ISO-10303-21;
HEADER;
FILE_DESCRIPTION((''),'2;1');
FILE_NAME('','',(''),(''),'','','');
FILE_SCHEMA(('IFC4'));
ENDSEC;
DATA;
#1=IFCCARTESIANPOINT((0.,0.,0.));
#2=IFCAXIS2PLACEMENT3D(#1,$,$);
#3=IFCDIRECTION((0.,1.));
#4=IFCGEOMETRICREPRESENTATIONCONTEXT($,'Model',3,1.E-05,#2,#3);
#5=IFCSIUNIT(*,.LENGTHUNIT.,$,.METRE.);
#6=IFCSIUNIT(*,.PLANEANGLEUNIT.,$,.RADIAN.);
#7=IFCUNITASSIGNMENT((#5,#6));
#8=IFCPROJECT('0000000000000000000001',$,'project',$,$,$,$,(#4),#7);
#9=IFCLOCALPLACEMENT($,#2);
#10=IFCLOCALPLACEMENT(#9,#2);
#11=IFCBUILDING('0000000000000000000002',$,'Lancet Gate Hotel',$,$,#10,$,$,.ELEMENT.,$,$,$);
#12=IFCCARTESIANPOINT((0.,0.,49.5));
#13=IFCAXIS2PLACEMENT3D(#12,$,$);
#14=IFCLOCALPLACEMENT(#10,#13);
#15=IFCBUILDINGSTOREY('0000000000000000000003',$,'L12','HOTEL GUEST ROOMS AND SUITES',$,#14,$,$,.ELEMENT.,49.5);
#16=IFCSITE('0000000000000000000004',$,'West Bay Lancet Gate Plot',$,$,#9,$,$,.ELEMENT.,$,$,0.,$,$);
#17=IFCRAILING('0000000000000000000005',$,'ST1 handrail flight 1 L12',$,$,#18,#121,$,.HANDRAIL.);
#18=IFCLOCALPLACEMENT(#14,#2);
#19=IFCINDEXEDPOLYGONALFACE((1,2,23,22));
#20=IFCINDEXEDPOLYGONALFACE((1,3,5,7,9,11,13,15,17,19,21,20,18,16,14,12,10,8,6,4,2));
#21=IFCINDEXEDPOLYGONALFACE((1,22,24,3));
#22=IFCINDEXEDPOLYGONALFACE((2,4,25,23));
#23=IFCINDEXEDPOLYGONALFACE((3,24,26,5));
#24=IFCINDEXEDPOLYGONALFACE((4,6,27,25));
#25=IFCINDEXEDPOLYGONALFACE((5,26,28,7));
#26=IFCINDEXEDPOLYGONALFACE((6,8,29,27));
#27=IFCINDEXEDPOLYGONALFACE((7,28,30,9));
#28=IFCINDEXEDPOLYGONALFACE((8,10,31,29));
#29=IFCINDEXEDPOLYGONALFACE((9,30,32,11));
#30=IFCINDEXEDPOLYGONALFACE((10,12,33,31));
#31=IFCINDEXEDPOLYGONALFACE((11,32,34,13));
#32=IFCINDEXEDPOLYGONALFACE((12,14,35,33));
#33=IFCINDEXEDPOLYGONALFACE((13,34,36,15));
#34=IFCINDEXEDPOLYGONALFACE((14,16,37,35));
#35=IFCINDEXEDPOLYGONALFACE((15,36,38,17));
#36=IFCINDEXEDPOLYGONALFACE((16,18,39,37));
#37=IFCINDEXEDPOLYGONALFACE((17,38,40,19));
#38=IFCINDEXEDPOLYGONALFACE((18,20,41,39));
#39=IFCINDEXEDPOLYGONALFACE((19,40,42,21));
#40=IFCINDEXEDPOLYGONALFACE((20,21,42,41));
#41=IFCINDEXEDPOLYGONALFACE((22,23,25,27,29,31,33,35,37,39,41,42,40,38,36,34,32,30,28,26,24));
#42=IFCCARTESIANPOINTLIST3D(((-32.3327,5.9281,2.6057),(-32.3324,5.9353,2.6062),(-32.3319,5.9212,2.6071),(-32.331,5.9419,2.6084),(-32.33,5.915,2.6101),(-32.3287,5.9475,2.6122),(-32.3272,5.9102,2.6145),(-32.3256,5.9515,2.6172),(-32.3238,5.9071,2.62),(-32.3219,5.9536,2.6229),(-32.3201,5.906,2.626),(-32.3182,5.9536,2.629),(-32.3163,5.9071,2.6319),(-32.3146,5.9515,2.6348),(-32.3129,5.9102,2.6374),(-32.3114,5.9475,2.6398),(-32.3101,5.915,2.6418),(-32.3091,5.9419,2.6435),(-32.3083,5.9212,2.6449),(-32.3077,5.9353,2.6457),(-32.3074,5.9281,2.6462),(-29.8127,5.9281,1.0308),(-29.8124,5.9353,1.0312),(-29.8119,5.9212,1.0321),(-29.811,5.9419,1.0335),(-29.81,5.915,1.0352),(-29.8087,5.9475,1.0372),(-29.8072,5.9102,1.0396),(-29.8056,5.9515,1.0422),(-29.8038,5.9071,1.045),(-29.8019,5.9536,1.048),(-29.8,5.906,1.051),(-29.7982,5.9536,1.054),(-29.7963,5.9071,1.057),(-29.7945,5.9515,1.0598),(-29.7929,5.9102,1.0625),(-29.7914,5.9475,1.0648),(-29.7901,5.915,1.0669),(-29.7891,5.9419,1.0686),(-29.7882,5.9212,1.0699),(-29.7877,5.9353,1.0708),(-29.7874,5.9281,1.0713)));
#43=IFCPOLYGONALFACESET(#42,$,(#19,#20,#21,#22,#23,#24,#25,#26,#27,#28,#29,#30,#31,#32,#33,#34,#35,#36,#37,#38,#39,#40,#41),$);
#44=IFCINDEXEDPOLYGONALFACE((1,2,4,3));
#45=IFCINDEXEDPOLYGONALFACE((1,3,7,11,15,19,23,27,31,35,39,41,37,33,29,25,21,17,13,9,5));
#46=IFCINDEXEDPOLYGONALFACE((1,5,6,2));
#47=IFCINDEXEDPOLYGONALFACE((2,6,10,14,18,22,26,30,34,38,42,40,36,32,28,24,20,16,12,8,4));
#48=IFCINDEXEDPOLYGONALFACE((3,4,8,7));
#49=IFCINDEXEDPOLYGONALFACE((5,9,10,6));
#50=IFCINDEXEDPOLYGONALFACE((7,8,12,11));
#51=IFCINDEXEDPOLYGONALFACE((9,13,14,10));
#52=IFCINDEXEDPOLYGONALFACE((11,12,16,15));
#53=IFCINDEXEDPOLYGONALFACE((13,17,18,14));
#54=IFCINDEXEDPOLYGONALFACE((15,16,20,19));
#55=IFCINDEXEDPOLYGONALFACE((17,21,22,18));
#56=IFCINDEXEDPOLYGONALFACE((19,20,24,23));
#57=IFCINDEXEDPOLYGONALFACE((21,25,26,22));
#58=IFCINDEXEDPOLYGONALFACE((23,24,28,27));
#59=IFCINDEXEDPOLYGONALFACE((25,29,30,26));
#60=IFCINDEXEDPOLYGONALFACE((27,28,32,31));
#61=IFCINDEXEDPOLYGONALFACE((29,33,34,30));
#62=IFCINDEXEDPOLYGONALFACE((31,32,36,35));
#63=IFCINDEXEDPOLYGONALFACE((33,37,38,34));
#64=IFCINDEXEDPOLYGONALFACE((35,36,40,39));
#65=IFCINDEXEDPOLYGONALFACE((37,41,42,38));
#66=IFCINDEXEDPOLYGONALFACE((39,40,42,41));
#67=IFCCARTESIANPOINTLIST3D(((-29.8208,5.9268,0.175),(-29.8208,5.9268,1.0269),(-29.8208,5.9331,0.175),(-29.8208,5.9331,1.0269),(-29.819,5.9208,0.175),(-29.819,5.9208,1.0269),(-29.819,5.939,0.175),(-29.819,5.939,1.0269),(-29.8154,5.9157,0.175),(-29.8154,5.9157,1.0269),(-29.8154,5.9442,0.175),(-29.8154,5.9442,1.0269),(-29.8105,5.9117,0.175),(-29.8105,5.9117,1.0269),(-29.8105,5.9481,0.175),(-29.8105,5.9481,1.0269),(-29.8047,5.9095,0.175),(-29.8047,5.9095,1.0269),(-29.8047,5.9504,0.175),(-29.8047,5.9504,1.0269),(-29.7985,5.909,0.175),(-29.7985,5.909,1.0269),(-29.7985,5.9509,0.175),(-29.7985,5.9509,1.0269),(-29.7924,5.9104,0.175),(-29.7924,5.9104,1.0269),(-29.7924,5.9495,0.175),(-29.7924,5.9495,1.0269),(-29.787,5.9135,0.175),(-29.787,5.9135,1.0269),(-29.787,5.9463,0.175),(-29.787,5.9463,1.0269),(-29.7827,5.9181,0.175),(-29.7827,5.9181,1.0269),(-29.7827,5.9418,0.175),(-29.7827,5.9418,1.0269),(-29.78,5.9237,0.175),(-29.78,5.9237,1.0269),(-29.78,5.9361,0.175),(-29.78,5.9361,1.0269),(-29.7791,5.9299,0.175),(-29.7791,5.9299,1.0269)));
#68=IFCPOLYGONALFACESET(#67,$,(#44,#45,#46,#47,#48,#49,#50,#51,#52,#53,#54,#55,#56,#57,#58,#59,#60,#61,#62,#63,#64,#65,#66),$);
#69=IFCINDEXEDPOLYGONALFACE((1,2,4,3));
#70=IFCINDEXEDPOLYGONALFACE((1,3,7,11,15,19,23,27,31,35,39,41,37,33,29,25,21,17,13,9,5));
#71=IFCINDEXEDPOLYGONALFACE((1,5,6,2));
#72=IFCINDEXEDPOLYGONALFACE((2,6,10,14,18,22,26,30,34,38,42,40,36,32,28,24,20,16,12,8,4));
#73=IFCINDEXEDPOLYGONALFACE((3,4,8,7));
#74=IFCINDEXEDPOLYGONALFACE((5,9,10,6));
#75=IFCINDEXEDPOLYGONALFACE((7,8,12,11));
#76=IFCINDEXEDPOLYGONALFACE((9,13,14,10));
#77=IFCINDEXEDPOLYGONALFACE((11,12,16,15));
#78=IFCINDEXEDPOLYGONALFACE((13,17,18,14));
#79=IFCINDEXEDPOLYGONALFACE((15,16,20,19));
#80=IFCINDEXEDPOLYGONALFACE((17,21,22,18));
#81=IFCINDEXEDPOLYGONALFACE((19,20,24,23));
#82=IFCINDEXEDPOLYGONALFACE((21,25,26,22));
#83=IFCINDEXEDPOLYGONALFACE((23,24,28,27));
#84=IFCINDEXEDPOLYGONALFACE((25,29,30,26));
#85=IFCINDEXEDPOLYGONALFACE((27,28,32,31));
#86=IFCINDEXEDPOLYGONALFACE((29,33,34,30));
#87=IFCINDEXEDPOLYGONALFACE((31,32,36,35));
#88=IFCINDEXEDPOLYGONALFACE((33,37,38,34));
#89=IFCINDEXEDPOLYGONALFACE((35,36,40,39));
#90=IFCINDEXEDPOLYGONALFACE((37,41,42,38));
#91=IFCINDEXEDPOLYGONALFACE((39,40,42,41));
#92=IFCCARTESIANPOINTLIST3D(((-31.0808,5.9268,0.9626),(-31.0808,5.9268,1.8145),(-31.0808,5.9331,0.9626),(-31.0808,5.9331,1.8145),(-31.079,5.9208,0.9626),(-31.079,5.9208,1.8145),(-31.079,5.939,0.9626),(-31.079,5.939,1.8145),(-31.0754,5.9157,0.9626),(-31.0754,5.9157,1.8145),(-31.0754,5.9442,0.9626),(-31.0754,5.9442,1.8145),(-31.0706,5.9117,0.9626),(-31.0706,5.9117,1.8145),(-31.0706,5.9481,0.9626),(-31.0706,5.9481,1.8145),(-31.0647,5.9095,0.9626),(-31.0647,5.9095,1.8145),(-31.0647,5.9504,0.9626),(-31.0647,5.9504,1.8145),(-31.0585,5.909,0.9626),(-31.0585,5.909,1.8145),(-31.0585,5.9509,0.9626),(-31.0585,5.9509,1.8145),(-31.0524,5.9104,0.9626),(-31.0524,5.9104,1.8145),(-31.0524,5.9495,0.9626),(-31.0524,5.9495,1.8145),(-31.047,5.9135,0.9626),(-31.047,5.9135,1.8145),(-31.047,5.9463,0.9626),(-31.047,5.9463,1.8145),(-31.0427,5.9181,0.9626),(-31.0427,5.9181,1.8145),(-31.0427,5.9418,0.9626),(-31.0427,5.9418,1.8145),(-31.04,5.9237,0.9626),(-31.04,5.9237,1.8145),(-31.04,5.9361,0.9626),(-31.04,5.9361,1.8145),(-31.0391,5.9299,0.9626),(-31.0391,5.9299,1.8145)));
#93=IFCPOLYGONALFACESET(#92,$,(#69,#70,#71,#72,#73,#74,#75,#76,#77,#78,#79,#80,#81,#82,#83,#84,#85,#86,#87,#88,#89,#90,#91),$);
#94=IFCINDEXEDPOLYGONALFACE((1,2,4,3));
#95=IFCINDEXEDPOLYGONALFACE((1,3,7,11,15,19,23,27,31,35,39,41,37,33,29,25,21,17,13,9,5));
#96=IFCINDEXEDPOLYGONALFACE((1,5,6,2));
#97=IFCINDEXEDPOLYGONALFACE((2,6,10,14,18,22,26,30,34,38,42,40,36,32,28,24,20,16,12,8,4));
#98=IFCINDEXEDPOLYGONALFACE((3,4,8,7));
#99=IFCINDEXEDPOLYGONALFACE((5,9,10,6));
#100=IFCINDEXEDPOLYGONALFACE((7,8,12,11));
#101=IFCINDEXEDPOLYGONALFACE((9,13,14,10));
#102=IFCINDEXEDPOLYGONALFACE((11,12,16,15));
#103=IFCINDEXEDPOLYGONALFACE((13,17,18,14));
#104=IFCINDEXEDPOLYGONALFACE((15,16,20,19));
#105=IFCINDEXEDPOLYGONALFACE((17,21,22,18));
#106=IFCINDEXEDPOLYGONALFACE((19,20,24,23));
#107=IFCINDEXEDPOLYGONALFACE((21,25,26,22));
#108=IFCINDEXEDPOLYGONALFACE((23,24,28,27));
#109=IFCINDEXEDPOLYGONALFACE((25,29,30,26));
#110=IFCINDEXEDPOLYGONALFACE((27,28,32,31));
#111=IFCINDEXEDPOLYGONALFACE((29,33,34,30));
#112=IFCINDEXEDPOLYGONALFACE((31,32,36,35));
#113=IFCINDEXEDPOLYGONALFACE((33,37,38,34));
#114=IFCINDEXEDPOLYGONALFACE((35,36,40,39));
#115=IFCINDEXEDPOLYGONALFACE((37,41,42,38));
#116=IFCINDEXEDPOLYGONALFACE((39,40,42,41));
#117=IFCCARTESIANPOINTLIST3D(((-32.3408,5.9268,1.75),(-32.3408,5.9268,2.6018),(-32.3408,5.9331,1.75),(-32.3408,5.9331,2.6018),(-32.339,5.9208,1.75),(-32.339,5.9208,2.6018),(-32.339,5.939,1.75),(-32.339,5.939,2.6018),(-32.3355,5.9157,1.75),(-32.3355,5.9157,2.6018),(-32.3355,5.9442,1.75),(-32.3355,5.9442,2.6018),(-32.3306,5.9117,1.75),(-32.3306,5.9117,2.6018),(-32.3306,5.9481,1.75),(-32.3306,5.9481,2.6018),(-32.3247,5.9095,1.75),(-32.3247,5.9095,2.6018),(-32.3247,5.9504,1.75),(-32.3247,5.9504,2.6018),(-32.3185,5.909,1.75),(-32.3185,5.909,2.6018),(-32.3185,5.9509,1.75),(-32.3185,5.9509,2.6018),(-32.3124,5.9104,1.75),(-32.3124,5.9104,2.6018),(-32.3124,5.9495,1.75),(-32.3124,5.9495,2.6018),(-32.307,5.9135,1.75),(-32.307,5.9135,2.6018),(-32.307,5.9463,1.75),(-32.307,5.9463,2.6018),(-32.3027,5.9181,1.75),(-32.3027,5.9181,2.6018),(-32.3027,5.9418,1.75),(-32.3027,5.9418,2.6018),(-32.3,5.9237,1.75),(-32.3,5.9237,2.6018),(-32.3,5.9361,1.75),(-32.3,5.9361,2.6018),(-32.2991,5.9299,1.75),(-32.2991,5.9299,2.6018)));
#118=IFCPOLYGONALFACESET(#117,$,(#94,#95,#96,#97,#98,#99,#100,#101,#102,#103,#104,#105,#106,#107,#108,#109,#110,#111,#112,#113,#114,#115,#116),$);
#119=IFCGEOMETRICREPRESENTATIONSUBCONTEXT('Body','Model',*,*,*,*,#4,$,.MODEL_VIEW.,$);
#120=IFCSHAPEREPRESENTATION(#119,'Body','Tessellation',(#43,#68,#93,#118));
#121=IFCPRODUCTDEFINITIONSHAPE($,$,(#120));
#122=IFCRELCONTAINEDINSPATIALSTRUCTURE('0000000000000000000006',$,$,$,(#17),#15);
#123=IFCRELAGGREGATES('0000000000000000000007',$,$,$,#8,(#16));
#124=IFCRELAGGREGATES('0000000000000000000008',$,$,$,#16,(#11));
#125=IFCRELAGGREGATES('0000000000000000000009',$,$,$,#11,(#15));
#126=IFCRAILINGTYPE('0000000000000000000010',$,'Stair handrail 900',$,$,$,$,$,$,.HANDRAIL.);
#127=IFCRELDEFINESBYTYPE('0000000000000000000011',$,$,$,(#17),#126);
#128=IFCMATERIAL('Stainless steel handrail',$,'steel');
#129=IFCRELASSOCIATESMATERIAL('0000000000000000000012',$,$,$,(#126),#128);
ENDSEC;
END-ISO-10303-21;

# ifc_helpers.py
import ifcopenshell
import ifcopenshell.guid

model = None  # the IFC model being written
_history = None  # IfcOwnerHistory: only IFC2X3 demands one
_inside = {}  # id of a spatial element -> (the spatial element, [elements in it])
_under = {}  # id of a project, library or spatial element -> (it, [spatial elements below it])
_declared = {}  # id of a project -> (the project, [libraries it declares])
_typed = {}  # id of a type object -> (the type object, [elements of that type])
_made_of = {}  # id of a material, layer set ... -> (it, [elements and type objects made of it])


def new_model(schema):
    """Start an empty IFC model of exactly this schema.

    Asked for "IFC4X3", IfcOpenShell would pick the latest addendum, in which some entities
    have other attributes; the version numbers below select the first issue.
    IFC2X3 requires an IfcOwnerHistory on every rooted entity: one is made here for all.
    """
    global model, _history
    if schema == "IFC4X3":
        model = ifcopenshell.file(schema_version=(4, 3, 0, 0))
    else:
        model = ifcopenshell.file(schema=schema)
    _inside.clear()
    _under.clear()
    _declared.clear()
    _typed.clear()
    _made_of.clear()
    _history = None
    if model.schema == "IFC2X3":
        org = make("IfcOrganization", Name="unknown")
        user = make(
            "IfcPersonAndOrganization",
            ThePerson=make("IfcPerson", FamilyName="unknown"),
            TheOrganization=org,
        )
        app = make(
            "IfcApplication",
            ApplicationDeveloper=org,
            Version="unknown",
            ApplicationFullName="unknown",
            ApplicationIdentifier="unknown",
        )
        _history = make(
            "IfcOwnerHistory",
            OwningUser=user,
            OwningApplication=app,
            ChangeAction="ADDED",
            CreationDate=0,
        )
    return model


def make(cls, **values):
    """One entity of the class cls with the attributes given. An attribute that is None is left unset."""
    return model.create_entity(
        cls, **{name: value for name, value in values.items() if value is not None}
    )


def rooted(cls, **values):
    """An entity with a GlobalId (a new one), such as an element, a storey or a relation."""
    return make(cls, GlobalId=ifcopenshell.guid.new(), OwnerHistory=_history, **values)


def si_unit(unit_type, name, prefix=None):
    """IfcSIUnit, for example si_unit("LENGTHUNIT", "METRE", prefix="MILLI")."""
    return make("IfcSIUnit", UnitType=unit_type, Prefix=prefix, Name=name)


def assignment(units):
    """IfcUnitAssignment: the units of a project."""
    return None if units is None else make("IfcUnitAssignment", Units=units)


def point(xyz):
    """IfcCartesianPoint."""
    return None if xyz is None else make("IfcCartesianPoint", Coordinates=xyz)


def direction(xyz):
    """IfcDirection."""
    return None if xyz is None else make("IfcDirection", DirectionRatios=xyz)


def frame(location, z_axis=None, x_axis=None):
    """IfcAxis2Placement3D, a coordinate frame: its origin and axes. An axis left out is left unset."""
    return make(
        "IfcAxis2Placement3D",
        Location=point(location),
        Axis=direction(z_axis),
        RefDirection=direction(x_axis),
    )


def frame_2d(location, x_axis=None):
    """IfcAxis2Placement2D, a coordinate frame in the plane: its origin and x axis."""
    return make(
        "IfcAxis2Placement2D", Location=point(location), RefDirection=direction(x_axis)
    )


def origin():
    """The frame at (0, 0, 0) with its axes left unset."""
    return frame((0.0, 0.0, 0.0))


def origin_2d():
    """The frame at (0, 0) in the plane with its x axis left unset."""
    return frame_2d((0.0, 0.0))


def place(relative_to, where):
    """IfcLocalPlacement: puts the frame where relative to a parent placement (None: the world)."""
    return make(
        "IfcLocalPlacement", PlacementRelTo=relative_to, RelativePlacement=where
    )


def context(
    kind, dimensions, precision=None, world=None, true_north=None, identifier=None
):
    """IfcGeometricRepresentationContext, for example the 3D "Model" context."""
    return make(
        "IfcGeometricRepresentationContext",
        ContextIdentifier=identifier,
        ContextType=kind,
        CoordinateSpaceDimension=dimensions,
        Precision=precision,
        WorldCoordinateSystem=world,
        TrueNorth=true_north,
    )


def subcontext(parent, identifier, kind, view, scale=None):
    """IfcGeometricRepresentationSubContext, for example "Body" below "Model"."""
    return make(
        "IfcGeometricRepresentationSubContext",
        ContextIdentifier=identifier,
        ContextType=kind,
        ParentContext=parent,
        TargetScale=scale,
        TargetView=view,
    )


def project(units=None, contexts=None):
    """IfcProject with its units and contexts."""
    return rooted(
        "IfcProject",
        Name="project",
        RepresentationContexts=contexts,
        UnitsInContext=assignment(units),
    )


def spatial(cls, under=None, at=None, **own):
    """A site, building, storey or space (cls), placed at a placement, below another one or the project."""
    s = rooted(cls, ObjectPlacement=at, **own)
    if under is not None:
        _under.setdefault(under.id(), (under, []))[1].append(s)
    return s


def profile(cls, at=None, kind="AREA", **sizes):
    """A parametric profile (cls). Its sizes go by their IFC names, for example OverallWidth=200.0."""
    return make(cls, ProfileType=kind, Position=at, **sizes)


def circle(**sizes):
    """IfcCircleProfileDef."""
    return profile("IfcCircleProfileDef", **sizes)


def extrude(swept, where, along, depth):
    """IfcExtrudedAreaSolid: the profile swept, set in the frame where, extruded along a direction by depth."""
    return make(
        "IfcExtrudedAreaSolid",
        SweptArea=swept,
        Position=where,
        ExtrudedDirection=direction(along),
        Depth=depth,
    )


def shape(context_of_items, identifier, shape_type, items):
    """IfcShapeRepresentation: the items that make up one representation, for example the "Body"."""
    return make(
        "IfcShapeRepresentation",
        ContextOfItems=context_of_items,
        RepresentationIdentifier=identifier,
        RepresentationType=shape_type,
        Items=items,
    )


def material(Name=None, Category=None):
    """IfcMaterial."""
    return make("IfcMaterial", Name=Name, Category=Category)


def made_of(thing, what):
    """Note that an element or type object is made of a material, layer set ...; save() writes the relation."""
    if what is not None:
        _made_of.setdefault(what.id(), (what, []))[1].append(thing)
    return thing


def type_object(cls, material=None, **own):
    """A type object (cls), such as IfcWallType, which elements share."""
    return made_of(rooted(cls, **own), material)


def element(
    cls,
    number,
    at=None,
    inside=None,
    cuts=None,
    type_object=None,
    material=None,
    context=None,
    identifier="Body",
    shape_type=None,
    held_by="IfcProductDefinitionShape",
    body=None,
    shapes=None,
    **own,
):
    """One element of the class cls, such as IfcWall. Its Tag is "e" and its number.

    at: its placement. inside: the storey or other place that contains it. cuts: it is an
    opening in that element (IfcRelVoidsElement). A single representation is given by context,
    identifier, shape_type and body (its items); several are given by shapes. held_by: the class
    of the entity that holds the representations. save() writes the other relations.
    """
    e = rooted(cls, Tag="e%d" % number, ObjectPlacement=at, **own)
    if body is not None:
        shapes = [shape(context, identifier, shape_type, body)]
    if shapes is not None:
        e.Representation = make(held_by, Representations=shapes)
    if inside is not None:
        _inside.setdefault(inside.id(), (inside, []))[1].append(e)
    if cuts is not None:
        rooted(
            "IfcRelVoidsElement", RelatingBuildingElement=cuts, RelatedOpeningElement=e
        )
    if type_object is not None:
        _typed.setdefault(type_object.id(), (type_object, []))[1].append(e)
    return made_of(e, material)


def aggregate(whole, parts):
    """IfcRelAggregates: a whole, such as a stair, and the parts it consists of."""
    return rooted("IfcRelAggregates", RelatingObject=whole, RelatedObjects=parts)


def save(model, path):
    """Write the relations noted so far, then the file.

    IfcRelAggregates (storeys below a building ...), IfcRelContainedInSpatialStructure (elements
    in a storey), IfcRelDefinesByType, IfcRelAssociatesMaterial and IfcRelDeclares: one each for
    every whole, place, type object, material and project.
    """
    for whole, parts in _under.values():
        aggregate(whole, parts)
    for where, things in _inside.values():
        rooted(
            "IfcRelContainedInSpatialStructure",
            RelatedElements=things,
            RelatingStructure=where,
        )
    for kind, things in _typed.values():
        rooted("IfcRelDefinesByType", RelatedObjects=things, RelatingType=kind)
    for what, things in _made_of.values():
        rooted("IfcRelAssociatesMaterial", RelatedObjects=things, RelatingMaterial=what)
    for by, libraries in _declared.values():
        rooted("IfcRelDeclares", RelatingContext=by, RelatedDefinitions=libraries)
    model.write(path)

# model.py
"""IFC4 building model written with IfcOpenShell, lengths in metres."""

from ifc_helpers import new_model, si_unit, direction, frame, origin, origin_2d, place, context, subcontext, project, spatial, circle, extrude, material, type_object, element, save


model = new_model("IFC4")

# Units and contexts
model_context = context("Model", 3, precision=1e-05, world=origin(), true_north=direction((0.0, 1.0)))
body_context = subcontext(model_context, "Body", "Model", "MODEL_VIEW")
ifc_project = project(units=[si_unit("LENGTHUNIT", "METRE"), si_unit("PLANEANGLEUNIT", "RADIAN")], contexts=[model_context])

# Site, building, storey
site_placement = place(None, origin())
site = spatial("IfcSite", under=ifc_project, at=site_placement, Name="West Bay Lancet Gate Plot", CompositionType="ELEMENT", RefElevation=0.0)
building_placement = place(site_placement, origin())
building = spatial("IfcBuilding", under=site, at=building_placement, Name="Lancet Gate Hotel", CompositionType="ELEMENT")
storey_placement = place(building_placement, frame((0.0, 0.0, 49.5)))
storey = spatial("IfcBuildingStorey", under=building, at=storey_placement, Name="L12", Description="HOTEL GUEST ROOMS AND SUITES", CompositionType="ELEMENT", Elevation=49.5)

# Railing
ifc_material_1 = material(Name="Stainless steel handrail", Category="steel")
railing_type = type_object("IfcRailingType", Name="Stair handrail 900", PredefinedType="HANDRAIL", material=ifc_material_1)
railing_1_placement = place(storey_placement, frame((-29.8, 5.9299, 0.175)))
element("IfcRailing", 1, at=railing_1_placement, inside=storey, type_object=railing_type, Name="ST1 handrail flight 1 L12", PredefinedType="HANDRAIL", context=body_context, shape_type="SweptSolid", body=[
    extrude(circle(Radius=0.0239, at=origin_2d()), frame((0.0, 0.0, 0.876), z_axis=(-0.848008, 0.0, 0.529984), x_axis=(0.0, -1.0, 0.0)), (0.0, 0.0, 1.0), 2.9717),
    extrude(circle(Radius=0.021, at=origin_2d()), origin(), (0.0, 0.0, 1.0), 0.8518),
    extrude(circle(Radius=0.021, at=origin_2d()), frame((-1.26, 0.0, 0.7876)), (0.0, 0.0, 1.0), 0.8518),
    extrude(circle(Radius=0.021, at=origin_2d()), frame((-2.52, 0.0, 1.575)), (0.0, 0.0, 1.0), 0.8518),
])

save(model, "model.ifc")
